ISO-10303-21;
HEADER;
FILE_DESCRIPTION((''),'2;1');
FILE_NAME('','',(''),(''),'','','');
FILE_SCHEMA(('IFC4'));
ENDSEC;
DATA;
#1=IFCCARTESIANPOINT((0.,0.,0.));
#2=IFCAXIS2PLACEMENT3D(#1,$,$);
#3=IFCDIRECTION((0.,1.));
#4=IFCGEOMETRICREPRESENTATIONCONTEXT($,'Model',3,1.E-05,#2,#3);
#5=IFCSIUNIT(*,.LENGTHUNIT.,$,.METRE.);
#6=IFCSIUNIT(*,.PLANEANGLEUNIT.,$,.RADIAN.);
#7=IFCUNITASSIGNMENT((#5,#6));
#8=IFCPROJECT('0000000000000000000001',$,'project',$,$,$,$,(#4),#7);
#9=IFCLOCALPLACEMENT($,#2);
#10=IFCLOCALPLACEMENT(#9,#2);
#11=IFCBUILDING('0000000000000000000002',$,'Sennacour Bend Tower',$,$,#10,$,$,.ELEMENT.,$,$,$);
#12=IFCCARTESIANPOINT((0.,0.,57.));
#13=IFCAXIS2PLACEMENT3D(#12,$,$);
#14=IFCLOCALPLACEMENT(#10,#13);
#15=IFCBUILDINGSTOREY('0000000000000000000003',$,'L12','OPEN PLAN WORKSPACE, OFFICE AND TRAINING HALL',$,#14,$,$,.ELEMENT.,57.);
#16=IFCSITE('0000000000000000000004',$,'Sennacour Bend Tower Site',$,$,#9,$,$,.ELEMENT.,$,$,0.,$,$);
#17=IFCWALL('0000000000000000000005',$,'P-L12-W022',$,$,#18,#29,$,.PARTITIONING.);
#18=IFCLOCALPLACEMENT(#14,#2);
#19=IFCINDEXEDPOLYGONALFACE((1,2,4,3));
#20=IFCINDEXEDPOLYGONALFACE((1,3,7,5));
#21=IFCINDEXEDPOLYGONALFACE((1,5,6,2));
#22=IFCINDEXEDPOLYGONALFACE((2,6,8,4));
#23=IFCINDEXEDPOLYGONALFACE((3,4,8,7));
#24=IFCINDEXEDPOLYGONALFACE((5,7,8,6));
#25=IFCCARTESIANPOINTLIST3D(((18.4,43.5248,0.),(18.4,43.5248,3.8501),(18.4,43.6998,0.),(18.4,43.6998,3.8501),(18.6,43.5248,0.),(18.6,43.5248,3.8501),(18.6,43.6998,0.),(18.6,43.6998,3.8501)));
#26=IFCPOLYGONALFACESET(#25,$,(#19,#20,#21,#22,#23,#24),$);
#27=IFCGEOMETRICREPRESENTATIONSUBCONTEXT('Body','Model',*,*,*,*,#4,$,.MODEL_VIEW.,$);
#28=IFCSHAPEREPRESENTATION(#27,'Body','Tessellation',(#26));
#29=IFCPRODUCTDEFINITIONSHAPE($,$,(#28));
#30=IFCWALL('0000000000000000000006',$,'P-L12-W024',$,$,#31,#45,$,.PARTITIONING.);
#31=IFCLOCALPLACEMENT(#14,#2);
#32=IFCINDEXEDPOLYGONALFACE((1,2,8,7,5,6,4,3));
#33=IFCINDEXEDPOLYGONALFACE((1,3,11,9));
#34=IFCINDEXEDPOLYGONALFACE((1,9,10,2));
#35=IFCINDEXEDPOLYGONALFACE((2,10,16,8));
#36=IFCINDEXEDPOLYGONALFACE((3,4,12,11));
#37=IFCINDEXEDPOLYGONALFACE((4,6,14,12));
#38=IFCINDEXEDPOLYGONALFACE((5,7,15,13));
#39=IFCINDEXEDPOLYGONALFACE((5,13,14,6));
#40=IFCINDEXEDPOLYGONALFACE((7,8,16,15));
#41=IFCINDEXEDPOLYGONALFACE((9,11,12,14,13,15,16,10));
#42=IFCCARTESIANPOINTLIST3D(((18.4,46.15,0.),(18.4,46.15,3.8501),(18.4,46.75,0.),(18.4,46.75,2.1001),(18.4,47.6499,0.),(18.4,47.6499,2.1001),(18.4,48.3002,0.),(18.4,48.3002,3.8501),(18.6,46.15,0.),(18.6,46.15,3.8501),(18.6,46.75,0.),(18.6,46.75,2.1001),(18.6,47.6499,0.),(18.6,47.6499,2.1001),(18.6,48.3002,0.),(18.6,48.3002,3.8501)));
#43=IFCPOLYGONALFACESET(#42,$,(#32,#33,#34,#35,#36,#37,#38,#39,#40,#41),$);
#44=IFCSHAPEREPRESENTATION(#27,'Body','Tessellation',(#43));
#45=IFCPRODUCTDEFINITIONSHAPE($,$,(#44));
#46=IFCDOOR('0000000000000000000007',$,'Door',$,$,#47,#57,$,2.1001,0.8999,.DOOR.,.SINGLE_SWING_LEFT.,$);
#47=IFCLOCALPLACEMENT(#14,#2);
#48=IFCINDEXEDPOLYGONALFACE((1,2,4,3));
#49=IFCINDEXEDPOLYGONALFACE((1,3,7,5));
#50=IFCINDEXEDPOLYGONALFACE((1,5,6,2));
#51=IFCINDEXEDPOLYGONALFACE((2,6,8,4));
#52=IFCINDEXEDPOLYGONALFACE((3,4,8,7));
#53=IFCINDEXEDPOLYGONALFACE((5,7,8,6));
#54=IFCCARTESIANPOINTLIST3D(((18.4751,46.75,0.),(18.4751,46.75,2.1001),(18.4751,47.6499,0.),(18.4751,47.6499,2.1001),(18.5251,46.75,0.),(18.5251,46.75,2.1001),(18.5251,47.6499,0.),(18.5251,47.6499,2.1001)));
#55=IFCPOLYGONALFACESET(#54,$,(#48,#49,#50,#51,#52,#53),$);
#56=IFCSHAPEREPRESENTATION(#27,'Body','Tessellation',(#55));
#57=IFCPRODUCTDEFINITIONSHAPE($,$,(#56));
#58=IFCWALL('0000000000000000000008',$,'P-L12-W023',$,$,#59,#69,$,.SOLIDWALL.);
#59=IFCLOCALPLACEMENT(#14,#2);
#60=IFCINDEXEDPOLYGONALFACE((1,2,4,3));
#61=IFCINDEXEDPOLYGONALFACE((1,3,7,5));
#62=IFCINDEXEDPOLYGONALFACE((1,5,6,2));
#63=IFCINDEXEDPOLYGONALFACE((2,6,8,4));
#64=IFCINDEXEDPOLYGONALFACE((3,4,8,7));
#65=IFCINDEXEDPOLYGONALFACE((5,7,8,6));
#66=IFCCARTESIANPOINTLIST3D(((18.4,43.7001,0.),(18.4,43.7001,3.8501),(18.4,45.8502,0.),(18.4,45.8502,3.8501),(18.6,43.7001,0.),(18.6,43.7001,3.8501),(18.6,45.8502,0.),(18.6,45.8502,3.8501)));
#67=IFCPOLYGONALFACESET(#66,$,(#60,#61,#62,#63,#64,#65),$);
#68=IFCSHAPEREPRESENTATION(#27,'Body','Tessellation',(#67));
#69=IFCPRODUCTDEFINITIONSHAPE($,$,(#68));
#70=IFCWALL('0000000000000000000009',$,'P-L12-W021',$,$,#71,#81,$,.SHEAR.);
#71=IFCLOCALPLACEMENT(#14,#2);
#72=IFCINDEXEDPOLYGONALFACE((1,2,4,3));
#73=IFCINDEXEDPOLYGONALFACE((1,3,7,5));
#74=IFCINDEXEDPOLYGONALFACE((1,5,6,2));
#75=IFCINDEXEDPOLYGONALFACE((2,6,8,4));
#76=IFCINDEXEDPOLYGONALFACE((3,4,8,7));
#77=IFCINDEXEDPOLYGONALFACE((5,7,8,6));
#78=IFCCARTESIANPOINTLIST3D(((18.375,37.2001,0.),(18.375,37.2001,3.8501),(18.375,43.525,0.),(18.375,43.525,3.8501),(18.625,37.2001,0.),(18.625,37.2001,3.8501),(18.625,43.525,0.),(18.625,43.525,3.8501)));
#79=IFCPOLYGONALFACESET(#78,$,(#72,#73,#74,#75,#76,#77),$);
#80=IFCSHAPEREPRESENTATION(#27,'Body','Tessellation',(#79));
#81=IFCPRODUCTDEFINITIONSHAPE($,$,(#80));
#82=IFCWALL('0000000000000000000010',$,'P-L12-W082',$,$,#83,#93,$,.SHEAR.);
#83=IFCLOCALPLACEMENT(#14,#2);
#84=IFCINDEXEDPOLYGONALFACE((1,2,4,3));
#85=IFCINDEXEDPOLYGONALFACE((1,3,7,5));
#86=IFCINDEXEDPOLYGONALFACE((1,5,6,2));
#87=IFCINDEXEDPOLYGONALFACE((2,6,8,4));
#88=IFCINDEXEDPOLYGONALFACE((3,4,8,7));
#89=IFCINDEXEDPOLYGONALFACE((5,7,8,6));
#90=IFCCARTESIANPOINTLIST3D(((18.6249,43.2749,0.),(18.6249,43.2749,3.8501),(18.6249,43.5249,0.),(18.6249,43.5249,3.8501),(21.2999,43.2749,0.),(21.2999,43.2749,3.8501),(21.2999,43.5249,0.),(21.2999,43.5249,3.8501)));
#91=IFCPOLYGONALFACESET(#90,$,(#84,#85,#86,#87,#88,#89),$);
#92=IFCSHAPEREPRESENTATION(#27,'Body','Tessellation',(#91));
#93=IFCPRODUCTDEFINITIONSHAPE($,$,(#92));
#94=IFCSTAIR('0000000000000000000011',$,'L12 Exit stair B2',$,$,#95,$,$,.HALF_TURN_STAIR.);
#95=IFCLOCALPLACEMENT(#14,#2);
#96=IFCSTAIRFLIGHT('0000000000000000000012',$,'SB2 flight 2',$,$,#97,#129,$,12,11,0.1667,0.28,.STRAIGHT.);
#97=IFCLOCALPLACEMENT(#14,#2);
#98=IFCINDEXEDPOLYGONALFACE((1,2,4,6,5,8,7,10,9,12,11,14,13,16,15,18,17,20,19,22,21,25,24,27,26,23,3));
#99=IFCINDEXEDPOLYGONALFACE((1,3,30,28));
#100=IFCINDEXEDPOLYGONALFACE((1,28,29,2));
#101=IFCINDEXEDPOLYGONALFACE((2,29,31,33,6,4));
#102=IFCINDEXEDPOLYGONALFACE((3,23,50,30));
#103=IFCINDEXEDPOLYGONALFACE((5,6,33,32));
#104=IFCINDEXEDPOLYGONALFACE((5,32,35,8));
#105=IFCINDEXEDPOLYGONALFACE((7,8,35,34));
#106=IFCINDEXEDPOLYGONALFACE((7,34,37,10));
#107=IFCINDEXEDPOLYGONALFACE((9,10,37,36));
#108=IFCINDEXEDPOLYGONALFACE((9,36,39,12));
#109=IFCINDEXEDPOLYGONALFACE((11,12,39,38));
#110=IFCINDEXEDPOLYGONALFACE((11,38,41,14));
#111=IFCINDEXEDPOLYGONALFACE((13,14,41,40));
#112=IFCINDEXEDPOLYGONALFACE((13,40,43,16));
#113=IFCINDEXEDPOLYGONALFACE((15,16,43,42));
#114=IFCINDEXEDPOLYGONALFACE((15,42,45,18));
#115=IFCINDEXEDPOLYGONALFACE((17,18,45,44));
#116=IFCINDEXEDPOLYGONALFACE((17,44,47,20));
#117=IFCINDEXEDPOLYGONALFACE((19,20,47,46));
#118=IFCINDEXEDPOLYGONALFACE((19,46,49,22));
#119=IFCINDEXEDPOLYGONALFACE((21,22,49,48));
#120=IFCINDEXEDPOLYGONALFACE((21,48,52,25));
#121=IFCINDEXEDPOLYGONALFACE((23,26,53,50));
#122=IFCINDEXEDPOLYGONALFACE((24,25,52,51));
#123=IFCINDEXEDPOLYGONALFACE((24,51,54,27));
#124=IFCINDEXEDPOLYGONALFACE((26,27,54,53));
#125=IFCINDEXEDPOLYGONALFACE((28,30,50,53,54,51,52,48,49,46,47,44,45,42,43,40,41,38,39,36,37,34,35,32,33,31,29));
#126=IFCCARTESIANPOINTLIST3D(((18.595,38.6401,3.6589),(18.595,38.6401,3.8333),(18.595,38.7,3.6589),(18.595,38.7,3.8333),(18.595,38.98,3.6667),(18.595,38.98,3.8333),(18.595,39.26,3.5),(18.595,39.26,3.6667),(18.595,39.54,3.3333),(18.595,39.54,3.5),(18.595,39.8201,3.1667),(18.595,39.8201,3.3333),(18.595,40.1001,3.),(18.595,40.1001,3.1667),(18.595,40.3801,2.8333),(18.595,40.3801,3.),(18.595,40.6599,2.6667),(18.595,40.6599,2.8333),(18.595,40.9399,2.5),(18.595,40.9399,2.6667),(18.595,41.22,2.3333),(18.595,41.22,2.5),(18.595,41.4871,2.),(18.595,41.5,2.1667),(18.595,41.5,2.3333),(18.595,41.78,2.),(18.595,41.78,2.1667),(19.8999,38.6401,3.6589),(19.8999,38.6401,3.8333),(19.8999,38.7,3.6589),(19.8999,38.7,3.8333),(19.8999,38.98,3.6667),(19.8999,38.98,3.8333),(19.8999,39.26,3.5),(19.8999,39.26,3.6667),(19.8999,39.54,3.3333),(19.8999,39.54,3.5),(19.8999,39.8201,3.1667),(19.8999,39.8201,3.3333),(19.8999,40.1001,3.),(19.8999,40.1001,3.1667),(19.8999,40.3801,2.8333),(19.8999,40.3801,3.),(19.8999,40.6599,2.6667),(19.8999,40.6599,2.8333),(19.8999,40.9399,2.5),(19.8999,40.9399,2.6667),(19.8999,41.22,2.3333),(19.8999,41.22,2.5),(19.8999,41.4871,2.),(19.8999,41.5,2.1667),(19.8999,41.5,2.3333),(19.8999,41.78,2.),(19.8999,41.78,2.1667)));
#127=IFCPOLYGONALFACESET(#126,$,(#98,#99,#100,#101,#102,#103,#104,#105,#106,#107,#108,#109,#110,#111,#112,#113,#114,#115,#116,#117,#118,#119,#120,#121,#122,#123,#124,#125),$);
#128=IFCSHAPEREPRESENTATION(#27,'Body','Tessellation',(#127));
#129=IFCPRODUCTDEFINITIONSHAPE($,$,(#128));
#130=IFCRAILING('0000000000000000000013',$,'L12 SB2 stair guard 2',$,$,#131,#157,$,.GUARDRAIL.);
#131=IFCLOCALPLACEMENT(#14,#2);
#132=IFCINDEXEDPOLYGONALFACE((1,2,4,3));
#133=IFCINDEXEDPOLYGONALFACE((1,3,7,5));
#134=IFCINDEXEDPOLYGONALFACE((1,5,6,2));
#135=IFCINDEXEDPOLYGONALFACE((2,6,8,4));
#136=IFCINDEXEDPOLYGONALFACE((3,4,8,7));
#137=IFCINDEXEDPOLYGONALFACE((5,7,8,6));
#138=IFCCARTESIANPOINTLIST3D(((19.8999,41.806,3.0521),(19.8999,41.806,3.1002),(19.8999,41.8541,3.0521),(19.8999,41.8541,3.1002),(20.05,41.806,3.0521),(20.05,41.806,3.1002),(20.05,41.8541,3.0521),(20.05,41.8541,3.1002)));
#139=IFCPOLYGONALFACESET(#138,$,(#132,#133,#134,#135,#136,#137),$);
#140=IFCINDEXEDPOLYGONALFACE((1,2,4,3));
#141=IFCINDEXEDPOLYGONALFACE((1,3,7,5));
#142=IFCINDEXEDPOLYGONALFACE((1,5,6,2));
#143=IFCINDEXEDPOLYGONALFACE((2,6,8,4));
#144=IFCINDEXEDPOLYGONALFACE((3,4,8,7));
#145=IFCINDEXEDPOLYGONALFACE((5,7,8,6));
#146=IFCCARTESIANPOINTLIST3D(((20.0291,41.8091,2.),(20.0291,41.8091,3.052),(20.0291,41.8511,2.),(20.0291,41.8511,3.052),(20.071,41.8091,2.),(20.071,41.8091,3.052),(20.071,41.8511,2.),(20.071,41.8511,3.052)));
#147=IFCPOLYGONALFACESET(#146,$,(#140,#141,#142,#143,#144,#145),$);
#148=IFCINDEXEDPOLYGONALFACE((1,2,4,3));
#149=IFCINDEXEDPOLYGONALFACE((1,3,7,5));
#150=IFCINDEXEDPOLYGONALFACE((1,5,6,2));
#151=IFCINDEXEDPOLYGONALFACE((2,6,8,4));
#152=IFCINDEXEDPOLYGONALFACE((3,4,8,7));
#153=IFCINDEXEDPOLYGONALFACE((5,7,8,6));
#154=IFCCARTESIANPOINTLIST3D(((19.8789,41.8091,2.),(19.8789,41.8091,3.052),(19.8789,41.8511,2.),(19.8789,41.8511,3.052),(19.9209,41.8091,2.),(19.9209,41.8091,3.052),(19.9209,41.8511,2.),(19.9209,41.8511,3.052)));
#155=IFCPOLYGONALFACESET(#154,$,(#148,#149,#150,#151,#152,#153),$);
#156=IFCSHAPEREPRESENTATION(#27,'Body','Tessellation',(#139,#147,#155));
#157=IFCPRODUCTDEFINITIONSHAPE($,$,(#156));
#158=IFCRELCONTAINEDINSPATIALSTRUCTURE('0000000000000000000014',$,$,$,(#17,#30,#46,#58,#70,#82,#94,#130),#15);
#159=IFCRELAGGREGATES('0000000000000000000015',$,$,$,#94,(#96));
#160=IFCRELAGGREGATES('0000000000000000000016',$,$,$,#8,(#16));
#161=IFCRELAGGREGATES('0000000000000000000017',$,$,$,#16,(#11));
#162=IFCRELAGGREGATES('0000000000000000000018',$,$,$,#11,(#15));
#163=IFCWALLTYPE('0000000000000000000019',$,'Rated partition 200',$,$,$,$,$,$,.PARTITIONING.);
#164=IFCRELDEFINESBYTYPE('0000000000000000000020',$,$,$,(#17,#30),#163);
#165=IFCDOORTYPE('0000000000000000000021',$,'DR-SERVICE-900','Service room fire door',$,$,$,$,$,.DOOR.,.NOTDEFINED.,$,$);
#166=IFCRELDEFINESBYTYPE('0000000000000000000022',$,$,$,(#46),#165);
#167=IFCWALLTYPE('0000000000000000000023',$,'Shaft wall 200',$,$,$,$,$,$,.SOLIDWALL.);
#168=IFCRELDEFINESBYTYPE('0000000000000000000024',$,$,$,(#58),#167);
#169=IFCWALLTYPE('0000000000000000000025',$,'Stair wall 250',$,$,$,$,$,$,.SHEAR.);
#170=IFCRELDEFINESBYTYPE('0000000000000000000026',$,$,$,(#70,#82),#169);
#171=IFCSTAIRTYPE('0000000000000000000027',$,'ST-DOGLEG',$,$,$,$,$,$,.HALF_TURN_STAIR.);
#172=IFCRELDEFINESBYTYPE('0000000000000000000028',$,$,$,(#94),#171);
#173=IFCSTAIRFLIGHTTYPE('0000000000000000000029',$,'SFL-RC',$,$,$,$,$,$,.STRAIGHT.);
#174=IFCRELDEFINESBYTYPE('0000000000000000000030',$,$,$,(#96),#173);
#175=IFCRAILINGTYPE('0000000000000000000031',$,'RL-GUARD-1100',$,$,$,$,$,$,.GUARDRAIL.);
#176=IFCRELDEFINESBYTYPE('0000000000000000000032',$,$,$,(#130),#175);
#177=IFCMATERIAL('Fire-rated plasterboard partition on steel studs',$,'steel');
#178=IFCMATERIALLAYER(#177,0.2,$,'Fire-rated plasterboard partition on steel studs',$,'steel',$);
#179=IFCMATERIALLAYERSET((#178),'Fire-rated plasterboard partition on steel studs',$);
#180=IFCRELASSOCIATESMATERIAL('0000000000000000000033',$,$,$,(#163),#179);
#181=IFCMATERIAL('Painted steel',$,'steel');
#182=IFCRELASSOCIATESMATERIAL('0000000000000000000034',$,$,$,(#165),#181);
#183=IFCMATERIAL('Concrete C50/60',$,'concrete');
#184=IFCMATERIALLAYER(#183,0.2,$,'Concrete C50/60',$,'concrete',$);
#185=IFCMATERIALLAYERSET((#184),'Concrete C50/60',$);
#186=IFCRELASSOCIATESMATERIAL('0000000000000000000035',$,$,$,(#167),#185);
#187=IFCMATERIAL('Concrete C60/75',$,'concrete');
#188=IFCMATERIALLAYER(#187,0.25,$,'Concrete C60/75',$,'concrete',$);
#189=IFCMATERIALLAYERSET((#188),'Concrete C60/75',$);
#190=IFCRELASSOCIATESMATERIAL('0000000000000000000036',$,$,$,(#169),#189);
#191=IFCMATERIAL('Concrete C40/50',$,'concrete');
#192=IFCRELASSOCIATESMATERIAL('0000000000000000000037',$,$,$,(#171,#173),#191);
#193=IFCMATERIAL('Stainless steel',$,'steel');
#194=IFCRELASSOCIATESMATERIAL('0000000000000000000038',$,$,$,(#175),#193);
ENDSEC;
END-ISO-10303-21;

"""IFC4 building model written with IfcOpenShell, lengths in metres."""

from ifc_helpers import new_model, si_unit, direction, frame, frame_2d, origin, origin_2d, place, context, subcontext, project, spatial, polyline, rectangle, outline, extrude, material, layer, layer_set, type_object, element, fill, aggregate, save


model = new_model("IFC4")

# Units and contexts
model_context = context("Model", 3, precision=1e-05, world=origin(), true_north=direction((0.0, 1.0)))
body_context = subcontext(model_context, "Body", "Model", "MODEL_VIEW")
ifc_project = project(units=[si_unit("LENGTHUNIT", "METRE"), si_unit("PLANEANGLEUNIT", "RADIAN")], contexts=[model_context])

# Site, building, storey
site_placement = place(None, origin())
site = spatial("IfcSite", under=ifc_project, at=site_placement, Name="Sennacour Bend Tower Site", CompositionType="ELEMENT", RefElevation=0.0)
building_placement = place(site_placement, origin())
building = spatial("IfcBuilding", under=site, at=building_placement, Name="Sennacour Bend Tower", CompositionType="ELEMENT")
storey_placement = place(building_placement, frame((0.0, 0.0, 57.0)))
storey = spatial("IfcBuildingStorey", under=building, at=storey_placement, Name="L12", Description="OPEN PLAN WORKSPACE, OFFICE AND TRAINING HALL", CompositionType="ELEMENT", Elevation=57.0)

# Wall
ifc_material_1 = material(Name="Fire-rated plasterboard partition on steel studs", Category="steel")
ifc_layer_1 = layer(ifc_material_1, 0.2, Name="Fire-rated plasterboard partition on steel studs", Category="steel")
ifc_layer_set_1 = layer_set([ifc_layer_1], Name="Fire-rated plasterboard partition on steel studs")
wall_type_1 = type_object("IfcWallType", Name="Rated partition 200", PredefinedType="PARTITIONING", material=ifc_layer_set_1)
wall_1_placement = place(storey_placement, frame((18.5, 43.5249, 0.0), z_axis=(0.0, 0.0, 1.0), x_axis=(0.0, 1.0, 0.0)))
element("IfcWall", 1, at=wall_1_placement, inside=storey, type_object=wall_type_1, Name="P-L12-W022", PredefinedType="PARTITIONING", context=body_context, shape_type="SweptSolid", body=[
    extrude(rectangle(XDim=0.175, YDim=0.2, at=frame_2d((0.0874, 0.0))), origin(), (0.0, 0.0, 1.0), 3.8501),
])

# Wall, opening, door
wall_2_placement = place(storey_placement, frame((18.5, 46.1499, 0.0), z_axis=(0.0, 0.0, 1.0), x_axis=(0.0, 1.0, 0.0)))
wall_2 = element("IfcWall", 2, at=wall_2_placement, inside=storey, type_object=wall_type_1, Name="P-L12-W024", PredefinedType="PARTITIONING", context=body_context, shape_type="SweptSolid", body=[
    extrude(rectangle(XDim=2.1501, YDim=0.2, at=frame_2d((1.0752, 0.0))), origin(), (0.0, 0.0, 1.0), 3.8501),
])
opening_placement = place(wall_2_placement, frame((0.6001, 0.0, 0.0)))
opening = element("IfcOpeningElement", 3, at=opening_placement, cuts=wall_2, PredefinedType="OPENING", context=body_context, shape_type="SweptSolid", body=[
    extrude(rectangle(XDim=0.8999, YDim=2.1001, at=frame_2d((0.45, 1.05))), frame((0.0, 0.1099, 0.0), z_axis=(0.0, -1.0, 0.0), x_axis=(1.0, 0.0, 0.0)), (0.0, 0.0, 1.0), 0.22),
])
ifc_material_2 = material(Name="Painted steel", Category="steel")
door_type = type_object("IfcDoorType", Name="DR-SERVICE-900", Description="Service room fire door", OperationType="NOTDEFINED", PredefinedType="DOOR", material=ifc_material_2)
door_placement = place(opening_placement, origin())
door = element("IfcDoor", 4, at=door_placement, inside=storey, type_object=door_type, Name="Door", OperationType="SINGLE_SWING_LEFT", OverallHeight=2.1001, OverallWidth=0.8999, PredefinedType="DOOR", context=body_context, shape_type="SweptSolid", body=[
    extrude(rectangle(XDim=0.8999, YDim=2.1001, at=frame_2d((0.45, 1.05))), frame((0.0, 0.0249, 0.0), z_axis=(0.0, -1.0, 0.0), x_axis=(1.0, 0.0, 0.0)), (0.0, 0.0, 1.0), 0.05),
])
fill(opening, door)

# Walls
ifc_material_3 = material(Name="Concrete C50/60", Category="concrete")
ifc_layer_2 = layer(ifc_material_3, 0.2, Name="Concrete C50/60", Category="concrete")
ifc_layer_set_2 = layer_set([ifc_layer_2], Name="Concrete C50/60")
wall_type_2 = type_object("IfcWallType", Name="Shaft wall 200", PredefinedType="SOLIDWALL", material=ifc_layer_set_2)
wall_3_placement = place(storey_placement, frame((18.5, 43.7, 0.0), z_axis=(0.0, 0.0, 1.0), x_axis=(0.0, 1.0, 0.0)))
element("IfcWall", 5, at=wall_3_placement, inside=storey, type_object=wall_type_2, Name="P-L12-W023", PredefinedType="SOLIDWALL", context=body_context, shape_type="SweptSolid", body=[
    extrude(rectangle(XDim=2.1501, YDim=0.2, at=frame_2d((1.0752, 0.0))), origin(), (0.0, 0.0, 1.0), 3.8501),
])
ifc_material_4 = material(Name="Concrete C60/75", Category="concrete")
ifc_layer_3 = layer(ifc_material_4, 0.25, Name="Concrete C60/75", Category="concrete")
ifc_layer_set_3 = layer_set([ifc_layer_3], Name="Concrete C60/75")
wall_type_3 = type_object("IfcWallType", Name="Stair wall 250", PredefinedType="SHEAR", material=ifc_layer_set_3)
wall_4_placement = place(storey_placement, frame((18.5, 37.2, 0.0), z_axis=(0.0, 0.0, 1.0), x_axis=(0.0, 1.0, 0.0)))
element("IfcWall", 6, at=wall_4_placement, inside=storey, type_object=wall_type_3, Name="P-L12-W021", PredefinedType="SHEAR", context=body_context, shape_type="SweptSolid", body=[
    extrude(rectangle(XDim=6.325, YDim=0.25, at=frame_2d((3.1626, 0.0))), origin(), (0.0, 0.0, 1.0), 3.8501),
])
wall_5_placement = place(storey_placement, frame((18.625, 43.3999, 0.0), z_axis=(0.0, 0.0, 1.0), x_axis=(1.0, 0.0, 0.0)))
element("IfcWall", 7, at=wall_5_placement, inside=storey, type_object=wall_type_3, Name="P-L12-W082", PredefinedType="SHEAR", context=body_context, shape_type="SweptSolid", body=[
    extrude(rectangle(XDim=2.675, YDim=0.25, at=frame_2d((1.3374, 0.0))), origin(), (0.0, 0.0, 1.0), 3.8501),
])

# Stair, stair flight
ifc_material_5 = material(Name="Concrete C40/50", Category="concrete")
stair_type = type_object("IfcStairType", Name="ST-DOGLEG", PredefinedType="HALF_TURN_STAIR", material=ifc_material_5)
stair_placement = place(storey_placement, origin())
stair = element("IfcStair", 8, at=stair_placement, inside=storey, type_object=stair_type, Name="L12 Exit stair B2", PredefinedType="HALF_TURN_STAIR")
stair_flight_type = type_object("IfcStairFlightType", Name="SFL-RC", PredefinedType="STRAIGHT", material=ifc_material_5)
stair_flight_placement = place(storey_placement, frame((19.2476, 41.78, 2.0), z_axis=(0.0, 0.0, 1.0), x_axis=(0.0, -1.0, 0.0)))
stair_flight = element("IfcStairFlight", 9, at=stair_flight_placement, type_object=stair_flight_type, Name="SB2 flight 2", NumberOfRisers=12, NumberOfTreads=11, PredefinedType="STRAIGHT", RiserHeight=0.1667, TreadLength=0.28, context=body_context, shape_type="SweptSolid", body=[
    extrude(outline(polyline([(0.0, 0.0), (0.0, 0.1667), (0.28, 0.1667), (0.28, 0.3333), (0.5601, 0.3333), (0.5601, 0.5), (0.8401, 0.5), (0.8401, 0.6667), (1.1201, 0.6667), (1.1201, 0.8333), (1.3999, 0.8333), (1.3999, 1.0), (1.6799, 1.0), (1.6799, 1.1667), (1.96, 1.1667), (1.96, 1.3333), (2.24, 1.3333), (2.24, 1.5), (2.52, 1.5), (2.52, 1.6667), (2.8, 1.6667), (2.8, 1.8333), (3.0801, 1.8333), (3.1399, 1.8333), (3.1399, 1.6589), (3.0801, 1.6589), (0.293, 0.0), (0.0, 0.0)])), frame((0.0, 0.6523, 0.0), z_axis=(0.0, -1.0, 0.0), x_axis=(1.0, 0.0, 0.0)), (0.0, 0.0, 1.0), 1.3049),
])
aggregate(stair, [stair_flight])

# Railing
ifc_material_6 = material(Name="Stainless steel", Category="steel")
railing_type_1 = type_object("IfcRailingType", Name="RL-GUARD-1100", PredefinedType="GUARDRAIL", material=ifc_material_6)
railing_1_placement = place(storey_placement, frame((20.05, 41.8301, 2.0)))
element("IfcRailing", 10, at=railing_1_placement, inside=storey, type_object=railing_type_1, Name="L12 SB2 stair guard 2", PredefinedType="GUARDRAIL", context=body_context, shape_type="SweptSolid", body=[
    extrude(rectangle(XDim=0.0481, YDim=0.0481, at=origin_2d()), frame((0.0, 0.0, 1.0762), z_axis=(-1.0, 0.0, 0.0), x_axis=(0.0, -1.0, 0.0)), (0.0, 0.0, 1.0), 0.1501),
    extrude(rectangle(XDim=0.042, YDim=0.042, at=origin_2d()), origin(), (0.0, 0.0, 1.0), 1.052),
    extrude(rectangle(XDim=0.042, YDim=0.042, at=origin_2d()), frame((-0.1501, 0.0, 0.0)), (0.0, 0.0, 1.0), 1.052),
])

save(model, "model.ifc")
